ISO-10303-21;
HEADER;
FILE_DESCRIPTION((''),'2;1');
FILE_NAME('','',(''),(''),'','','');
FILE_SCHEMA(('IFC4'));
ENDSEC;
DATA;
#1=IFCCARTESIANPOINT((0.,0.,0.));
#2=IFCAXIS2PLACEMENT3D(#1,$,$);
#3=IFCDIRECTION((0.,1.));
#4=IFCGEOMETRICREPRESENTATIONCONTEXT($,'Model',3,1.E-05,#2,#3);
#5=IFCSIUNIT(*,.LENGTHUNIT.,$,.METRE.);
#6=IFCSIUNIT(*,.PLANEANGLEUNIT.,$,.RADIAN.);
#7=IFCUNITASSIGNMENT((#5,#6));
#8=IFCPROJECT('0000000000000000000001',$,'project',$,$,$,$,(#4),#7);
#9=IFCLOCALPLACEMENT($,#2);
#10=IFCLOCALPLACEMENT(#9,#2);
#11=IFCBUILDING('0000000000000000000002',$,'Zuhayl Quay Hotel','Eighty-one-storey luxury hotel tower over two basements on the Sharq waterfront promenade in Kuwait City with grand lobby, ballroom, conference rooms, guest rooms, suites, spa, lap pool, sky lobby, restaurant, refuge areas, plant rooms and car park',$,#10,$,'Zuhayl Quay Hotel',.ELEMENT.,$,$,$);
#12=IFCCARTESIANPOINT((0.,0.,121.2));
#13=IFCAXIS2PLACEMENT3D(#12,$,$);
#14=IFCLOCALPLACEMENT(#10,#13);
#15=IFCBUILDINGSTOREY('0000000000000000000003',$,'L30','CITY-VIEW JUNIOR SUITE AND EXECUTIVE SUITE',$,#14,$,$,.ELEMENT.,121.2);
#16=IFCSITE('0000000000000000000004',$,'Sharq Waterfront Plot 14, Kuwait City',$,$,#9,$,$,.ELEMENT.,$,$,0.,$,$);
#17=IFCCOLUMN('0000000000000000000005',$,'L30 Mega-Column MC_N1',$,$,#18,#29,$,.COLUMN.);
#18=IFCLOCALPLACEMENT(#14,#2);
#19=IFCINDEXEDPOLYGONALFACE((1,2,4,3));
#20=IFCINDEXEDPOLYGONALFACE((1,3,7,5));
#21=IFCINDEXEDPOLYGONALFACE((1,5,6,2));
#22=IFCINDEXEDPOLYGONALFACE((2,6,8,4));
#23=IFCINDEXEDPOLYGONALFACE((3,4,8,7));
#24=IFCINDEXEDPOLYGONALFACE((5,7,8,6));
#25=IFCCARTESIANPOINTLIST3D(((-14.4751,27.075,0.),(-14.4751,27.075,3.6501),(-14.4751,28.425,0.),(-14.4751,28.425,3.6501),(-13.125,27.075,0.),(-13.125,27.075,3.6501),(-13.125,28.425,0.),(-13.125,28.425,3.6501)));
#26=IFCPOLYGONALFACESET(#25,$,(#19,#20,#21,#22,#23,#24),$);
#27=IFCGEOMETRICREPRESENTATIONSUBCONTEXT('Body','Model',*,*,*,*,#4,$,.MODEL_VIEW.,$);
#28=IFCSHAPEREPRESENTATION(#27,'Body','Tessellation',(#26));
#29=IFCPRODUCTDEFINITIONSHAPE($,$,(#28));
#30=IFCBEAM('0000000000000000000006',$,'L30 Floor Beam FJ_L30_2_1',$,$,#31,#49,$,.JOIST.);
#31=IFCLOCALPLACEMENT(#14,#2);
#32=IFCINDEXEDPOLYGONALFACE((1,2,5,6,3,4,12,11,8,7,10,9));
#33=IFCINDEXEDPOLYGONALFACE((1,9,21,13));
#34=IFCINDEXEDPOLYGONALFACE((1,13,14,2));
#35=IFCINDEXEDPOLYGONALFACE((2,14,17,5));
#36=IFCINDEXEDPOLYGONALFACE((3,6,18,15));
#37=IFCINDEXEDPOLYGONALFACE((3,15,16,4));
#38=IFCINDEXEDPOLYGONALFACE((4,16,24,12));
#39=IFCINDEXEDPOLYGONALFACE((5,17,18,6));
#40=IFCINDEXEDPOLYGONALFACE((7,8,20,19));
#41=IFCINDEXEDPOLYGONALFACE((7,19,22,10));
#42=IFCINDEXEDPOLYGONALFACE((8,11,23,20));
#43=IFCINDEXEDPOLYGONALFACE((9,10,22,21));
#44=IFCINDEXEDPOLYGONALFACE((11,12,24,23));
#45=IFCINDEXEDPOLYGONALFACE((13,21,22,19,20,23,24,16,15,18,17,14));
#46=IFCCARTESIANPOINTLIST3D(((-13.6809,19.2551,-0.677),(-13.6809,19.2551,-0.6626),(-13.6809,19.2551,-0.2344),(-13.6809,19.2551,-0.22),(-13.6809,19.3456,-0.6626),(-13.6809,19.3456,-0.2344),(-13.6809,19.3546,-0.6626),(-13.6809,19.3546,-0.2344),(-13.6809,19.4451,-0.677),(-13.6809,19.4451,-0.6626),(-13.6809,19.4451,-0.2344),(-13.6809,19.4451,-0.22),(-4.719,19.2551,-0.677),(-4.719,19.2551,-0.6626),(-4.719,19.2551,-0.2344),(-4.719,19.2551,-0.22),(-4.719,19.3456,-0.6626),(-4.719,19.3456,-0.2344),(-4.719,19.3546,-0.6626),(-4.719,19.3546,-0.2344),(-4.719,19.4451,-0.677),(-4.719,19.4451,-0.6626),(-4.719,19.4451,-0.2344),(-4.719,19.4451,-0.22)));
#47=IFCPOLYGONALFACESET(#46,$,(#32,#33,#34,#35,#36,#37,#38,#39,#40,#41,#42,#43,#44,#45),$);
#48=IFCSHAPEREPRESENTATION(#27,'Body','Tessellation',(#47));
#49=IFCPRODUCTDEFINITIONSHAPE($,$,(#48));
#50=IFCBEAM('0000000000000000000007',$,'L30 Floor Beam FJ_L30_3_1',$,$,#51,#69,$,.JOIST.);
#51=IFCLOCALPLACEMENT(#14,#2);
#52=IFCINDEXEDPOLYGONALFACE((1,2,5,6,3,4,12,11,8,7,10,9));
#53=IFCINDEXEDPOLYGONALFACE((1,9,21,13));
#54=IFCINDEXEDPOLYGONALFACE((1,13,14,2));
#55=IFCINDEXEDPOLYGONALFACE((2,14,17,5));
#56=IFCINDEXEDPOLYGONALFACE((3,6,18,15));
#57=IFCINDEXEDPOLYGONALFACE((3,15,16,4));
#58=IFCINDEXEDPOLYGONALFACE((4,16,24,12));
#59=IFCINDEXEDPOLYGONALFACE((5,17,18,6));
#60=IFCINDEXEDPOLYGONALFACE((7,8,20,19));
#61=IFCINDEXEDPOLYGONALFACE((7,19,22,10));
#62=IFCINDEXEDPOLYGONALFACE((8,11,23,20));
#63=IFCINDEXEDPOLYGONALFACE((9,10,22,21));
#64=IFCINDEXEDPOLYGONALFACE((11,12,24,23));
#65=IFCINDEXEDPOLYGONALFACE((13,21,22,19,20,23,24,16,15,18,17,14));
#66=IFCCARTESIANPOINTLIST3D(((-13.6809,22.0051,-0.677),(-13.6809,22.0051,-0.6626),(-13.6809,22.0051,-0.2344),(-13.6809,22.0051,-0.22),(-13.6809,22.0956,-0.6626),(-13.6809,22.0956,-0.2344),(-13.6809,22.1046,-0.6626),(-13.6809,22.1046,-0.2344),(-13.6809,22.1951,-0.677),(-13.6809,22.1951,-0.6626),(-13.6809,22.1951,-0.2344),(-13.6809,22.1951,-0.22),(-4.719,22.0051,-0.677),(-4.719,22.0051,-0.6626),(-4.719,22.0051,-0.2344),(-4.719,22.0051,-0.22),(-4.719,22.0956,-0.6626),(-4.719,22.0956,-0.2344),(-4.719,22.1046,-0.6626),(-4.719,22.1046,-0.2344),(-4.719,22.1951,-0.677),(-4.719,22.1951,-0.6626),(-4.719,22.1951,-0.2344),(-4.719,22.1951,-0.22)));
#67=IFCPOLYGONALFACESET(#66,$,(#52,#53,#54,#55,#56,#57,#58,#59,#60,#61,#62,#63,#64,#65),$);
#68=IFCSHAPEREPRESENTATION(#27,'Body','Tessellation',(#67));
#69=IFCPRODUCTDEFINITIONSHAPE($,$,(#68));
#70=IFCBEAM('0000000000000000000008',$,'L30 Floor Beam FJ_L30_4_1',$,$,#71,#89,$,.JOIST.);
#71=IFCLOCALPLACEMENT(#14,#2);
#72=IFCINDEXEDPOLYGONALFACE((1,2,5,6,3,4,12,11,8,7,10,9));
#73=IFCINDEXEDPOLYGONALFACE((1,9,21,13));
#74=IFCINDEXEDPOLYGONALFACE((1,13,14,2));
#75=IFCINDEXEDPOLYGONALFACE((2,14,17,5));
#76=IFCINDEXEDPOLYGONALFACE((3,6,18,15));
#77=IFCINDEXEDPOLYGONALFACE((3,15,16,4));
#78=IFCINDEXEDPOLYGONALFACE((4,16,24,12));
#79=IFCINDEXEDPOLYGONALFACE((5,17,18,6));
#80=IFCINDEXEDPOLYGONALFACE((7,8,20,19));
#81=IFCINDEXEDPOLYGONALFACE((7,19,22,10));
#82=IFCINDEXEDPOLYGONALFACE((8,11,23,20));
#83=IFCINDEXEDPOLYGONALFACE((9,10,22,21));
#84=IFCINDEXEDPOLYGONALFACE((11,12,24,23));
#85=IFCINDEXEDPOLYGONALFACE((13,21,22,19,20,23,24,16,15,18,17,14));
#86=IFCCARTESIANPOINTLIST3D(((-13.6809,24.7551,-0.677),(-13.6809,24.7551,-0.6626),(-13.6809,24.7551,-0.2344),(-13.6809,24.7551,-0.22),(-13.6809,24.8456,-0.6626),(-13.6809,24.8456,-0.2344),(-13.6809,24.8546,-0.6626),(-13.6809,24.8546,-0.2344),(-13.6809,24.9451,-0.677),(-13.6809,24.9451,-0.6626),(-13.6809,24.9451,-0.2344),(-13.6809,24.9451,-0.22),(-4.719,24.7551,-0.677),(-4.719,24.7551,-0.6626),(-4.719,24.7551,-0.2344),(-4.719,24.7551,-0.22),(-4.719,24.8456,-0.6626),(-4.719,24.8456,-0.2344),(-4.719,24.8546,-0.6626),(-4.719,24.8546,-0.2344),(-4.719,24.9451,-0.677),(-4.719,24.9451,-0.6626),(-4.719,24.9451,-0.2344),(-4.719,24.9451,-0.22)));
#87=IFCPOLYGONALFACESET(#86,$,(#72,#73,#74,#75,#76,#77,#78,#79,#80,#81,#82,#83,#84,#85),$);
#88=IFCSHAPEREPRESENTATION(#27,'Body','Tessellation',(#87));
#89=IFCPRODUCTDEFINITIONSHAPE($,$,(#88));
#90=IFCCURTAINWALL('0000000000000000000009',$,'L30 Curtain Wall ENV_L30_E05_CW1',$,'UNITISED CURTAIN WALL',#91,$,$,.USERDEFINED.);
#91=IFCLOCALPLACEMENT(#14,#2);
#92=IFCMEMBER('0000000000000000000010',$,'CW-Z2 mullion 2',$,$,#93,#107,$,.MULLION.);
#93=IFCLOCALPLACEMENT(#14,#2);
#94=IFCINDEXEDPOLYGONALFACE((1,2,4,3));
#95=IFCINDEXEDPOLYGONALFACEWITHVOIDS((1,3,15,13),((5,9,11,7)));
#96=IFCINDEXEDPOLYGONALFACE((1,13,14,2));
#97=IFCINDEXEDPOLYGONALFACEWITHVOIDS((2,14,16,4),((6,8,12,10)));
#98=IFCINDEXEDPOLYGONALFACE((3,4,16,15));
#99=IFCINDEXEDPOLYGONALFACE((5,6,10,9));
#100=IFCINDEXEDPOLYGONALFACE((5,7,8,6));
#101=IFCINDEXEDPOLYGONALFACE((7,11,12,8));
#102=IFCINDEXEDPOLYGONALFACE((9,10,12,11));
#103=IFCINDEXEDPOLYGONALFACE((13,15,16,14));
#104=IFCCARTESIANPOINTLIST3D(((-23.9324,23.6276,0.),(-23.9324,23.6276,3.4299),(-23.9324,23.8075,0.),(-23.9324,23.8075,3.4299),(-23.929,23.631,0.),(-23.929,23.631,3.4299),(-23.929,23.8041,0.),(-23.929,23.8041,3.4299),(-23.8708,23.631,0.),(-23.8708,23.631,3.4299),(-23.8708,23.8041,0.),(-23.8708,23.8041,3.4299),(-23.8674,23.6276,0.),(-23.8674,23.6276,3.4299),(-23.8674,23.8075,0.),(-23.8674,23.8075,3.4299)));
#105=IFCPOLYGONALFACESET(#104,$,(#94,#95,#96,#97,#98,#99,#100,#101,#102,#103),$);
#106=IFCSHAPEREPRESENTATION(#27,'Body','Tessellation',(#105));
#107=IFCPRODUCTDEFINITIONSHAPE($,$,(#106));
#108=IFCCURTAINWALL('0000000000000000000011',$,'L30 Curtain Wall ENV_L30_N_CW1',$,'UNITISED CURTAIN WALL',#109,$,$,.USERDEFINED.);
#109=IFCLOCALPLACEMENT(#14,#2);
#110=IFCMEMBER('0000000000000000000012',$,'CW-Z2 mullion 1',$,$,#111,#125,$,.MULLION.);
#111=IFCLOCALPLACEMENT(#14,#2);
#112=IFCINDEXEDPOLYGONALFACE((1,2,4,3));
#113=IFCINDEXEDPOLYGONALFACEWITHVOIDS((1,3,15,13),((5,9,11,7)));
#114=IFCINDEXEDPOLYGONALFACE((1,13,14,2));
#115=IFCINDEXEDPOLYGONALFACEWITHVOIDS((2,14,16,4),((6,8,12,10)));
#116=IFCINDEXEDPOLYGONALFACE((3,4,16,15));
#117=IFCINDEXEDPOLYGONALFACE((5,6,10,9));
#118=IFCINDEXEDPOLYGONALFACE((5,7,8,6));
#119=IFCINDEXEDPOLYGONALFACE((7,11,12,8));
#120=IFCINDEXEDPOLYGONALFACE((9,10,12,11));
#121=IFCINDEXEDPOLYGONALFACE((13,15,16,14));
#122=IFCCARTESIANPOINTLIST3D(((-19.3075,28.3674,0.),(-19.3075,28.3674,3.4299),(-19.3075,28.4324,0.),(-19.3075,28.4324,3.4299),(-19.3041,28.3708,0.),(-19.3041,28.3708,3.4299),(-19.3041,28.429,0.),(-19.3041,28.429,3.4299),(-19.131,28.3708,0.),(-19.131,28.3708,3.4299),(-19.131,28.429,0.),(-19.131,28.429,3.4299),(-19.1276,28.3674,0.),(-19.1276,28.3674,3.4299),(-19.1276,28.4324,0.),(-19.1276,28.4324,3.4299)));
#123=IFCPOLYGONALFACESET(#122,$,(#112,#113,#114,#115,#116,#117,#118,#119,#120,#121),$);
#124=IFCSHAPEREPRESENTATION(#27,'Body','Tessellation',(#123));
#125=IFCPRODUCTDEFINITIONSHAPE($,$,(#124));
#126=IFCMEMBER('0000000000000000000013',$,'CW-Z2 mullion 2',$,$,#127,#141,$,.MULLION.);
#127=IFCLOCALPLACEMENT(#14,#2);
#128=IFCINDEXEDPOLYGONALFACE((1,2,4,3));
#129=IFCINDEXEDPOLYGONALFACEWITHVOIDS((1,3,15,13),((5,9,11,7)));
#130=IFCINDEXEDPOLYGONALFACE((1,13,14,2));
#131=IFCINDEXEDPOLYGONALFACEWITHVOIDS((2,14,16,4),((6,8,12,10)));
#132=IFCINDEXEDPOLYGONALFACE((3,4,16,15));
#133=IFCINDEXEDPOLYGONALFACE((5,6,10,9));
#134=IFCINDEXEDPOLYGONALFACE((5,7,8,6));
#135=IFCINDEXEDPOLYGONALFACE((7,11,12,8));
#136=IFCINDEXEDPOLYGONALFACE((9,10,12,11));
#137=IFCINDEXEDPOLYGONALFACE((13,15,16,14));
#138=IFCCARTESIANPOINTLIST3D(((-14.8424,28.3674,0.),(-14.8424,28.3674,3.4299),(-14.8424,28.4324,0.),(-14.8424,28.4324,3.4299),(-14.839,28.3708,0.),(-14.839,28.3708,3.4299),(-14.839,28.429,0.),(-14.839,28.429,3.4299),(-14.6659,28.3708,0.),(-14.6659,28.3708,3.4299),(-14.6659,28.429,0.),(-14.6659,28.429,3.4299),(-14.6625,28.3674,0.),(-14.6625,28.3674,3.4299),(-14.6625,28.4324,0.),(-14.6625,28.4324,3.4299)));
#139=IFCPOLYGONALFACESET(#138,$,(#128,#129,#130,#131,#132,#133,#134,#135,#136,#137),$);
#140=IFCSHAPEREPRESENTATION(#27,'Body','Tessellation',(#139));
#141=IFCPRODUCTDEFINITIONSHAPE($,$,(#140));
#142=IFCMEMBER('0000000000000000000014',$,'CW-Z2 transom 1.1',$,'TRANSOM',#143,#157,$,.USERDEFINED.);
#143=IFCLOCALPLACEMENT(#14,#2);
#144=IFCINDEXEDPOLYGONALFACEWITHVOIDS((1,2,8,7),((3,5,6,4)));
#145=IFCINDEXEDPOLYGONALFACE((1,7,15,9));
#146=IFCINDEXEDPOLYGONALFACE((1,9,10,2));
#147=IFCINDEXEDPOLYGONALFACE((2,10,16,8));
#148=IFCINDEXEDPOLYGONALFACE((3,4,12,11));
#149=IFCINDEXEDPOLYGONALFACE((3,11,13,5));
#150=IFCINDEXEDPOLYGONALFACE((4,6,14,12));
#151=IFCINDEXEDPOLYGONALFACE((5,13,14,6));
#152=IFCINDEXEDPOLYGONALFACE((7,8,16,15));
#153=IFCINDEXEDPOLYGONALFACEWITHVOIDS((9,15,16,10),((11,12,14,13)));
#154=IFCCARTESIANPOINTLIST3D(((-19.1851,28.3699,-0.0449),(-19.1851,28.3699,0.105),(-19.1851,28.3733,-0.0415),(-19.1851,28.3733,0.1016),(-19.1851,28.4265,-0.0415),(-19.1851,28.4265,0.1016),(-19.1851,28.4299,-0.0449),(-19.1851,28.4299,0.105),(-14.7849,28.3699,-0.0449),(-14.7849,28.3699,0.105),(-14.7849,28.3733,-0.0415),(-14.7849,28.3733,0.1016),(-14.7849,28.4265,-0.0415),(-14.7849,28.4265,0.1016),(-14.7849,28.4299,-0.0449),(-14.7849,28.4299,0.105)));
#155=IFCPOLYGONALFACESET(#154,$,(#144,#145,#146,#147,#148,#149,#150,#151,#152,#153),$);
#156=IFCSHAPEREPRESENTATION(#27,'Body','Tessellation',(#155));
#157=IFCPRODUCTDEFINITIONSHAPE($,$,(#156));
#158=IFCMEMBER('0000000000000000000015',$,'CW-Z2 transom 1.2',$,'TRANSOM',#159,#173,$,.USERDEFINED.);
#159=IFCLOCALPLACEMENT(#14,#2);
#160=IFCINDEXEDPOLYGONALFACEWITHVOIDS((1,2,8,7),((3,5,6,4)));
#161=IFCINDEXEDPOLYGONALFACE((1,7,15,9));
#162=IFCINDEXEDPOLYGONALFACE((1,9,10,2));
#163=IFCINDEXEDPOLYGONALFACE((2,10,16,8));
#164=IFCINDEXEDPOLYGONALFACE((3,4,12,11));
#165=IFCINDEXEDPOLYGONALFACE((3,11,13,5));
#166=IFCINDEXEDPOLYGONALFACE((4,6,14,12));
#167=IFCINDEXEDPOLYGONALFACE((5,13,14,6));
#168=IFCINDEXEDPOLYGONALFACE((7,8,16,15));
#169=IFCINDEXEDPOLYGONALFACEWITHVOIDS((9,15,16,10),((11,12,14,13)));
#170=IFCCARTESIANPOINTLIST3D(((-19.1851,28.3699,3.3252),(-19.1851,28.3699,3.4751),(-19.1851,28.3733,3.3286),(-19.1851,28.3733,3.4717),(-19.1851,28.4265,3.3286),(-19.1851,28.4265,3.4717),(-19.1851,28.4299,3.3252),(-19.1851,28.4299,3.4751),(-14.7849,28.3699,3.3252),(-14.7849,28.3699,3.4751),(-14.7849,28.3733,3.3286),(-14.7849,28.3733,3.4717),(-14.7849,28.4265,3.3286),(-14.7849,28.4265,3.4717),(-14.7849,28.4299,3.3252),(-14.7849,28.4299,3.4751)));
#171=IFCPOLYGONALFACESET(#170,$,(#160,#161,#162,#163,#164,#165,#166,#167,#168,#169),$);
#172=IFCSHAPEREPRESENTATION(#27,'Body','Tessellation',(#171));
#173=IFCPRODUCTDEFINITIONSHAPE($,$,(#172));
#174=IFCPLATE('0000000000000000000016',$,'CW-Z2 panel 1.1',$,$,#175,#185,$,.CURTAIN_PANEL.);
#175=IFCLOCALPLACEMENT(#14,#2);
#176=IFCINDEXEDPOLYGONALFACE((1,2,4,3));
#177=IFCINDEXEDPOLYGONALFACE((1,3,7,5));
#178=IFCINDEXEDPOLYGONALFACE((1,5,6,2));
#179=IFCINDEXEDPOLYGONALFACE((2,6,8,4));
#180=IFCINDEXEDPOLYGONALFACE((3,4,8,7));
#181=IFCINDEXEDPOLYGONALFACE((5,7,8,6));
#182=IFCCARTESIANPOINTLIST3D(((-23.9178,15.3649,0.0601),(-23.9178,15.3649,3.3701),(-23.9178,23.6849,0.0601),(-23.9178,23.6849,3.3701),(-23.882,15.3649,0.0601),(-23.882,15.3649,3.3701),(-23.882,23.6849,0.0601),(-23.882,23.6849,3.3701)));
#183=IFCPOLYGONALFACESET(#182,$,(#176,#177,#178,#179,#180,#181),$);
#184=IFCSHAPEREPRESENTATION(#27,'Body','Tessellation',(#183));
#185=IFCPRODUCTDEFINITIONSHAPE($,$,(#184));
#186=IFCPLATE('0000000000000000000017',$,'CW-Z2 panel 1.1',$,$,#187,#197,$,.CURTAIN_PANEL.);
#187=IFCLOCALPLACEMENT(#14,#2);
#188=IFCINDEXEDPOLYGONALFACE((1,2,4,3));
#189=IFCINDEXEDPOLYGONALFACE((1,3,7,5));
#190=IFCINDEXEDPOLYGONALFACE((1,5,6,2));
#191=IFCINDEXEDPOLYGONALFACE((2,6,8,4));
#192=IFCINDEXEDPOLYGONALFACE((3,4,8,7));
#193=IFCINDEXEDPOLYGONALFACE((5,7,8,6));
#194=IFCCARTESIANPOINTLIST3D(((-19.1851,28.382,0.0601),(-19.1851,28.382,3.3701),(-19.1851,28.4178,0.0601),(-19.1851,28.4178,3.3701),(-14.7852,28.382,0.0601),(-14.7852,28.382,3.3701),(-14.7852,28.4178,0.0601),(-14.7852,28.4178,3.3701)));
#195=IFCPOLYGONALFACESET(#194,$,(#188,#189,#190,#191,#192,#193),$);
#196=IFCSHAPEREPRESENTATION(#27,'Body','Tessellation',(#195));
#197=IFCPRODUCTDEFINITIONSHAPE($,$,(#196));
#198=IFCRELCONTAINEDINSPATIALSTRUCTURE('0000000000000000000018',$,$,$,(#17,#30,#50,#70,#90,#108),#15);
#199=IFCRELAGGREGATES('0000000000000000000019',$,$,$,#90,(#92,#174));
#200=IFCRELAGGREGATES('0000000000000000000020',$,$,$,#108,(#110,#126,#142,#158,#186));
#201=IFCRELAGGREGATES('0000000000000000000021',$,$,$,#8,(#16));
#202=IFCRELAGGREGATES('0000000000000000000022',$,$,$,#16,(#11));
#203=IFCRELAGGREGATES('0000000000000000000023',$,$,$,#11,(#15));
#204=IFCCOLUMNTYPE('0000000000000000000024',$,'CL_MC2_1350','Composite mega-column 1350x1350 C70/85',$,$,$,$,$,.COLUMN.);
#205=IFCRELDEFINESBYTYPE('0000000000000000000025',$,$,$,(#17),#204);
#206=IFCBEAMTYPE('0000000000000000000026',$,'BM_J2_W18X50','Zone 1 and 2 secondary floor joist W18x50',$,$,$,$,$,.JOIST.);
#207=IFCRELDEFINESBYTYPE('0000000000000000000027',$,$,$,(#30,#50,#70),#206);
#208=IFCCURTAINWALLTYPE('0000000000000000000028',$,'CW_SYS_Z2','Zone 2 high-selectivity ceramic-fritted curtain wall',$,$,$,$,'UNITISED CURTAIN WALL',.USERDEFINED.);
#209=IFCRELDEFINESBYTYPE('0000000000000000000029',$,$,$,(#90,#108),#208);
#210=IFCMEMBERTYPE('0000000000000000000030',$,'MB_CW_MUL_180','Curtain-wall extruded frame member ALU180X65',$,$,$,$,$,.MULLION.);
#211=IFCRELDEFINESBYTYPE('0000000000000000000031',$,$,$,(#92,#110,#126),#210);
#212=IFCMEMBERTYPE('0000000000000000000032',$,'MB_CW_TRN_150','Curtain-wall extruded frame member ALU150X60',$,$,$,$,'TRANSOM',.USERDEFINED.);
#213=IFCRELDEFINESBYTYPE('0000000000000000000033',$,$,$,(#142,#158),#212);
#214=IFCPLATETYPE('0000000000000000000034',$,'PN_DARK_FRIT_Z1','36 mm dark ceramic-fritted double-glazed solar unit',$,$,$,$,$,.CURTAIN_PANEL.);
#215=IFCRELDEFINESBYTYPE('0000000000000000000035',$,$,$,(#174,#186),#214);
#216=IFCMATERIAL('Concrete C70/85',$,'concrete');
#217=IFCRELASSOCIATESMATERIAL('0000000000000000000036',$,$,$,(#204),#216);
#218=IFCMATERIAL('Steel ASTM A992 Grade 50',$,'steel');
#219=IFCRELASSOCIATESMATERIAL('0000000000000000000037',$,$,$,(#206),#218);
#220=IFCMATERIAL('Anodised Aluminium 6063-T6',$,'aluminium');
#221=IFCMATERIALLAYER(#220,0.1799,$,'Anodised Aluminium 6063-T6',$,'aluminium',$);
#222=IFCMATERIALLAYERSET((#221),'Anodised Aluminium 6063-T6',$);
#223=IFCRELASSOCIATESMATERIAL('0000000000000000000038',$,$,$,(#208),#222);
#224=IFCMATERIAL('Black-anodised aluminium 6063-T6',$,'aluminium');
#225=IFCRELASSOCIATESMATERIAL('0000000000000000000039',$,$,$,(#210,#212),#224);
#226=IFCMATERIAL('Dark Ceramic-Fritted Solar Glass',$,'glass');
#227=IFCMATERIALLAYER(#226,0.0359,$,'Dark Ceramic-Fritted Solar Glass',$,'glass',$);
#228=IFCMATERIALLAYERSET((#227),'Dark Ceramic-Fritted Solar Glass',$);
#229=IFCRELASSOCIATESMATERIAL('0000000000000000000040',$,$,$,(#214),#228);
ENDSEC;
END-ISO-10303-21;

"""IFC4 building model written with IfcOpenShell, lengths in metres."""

from ifc_helpers import new_model, si_unit, direction, frame, origin, origin_2d, place, context, subcontext, project, spatial, rectangle, hollow_rectangle, i_section, extrude, material, layer, layer_set, material_profile, profile_set, type_object, element, aggregate, save


model = new_model("IFC4")

# Units and contexts
model_context = context("Model", 3, precision=1e-05, world=origin(), true_north=direction((0.0, 1.0)))
body_context = subcontext(model_context, "Body", "Model", "MODEL_VIEW")
ifc_project = project(units=[si_unit("LENGTHUNIT", "METRE"), si_unit("PLANEANGLEUNIT", "RADIAN")], contexts=[model_context])

# Site, building, storey
site_placement = place(None, origin())
site = spatial("IfcSite", under=ifc_project, at=site_placement, Name="Sharq Waterfront Plot 14, Kuwait City", CompositionType="ELEMENT", RefElevation=0.0)
building_placement = place(site_placement, origin())
building = spatial("IfcBuilding", under=site, at=building_placement, Name="Zuhayl Quay Hotel", Description="Eighty-one-storey luxury hotel tower over two basements on the Sharq waterfront promenade in Kuwait City with grand lobby, ballroom, conference rooms, guest rooms, suites, spa, lap pool, sky lobby, restaurant, refuge areas, plant rooms and car park", LongName="Zuhayl Quay Hotel", CompositionType="ELEMENT")
storey_placement = place(building_placement, frame((0.0, 0.0, 121.2)))
storey = spatial("IfcBuildingStorey", under=building, at=storey_placement, Name="L30", Description="CITY-VIEW JUNIOR SUITE AND EXECUTIVE SUITE", CompositionType="ELEMENT", Elevation=121.2)

# Column
ifc_material_1 = material(Name="Concrete C70/85", Category="concrete")
ifc_material_profile_1 = material_profile(ifc_material_1, rectangle(XDim=1.3501, YDim=1.3501, at=origin_2d()), Name="RC1350X1350")
ifc_profile_set_1 = profile_set([ifc_material_profile_1], Name="Concrete C70/85")
column_type = type_object("IfcColumnType", Name="CL_MC2_1350", Description="Composite mega-column 1350x1350 C70/85", PredefinedType="COLUMN", material=ifc_profile_set_1)
column_placement = place(storey_placement, frame((-13.8, 27.75, 0.0), z_axis=(0.0, 0.0, 1.0), x_axis=(1.0, 0.0, 0.0)))
element("IfcColumn", 1, at=column_placement, inside=storey, type_object=column_type, Name="L30 Mega-Column MC_N1", PredefinedType="COLUMN", context=body_context, shape_type="SweptSolid", body=[
    extrude(rectangle(XDim=1.3501, YDim=1.3501, at=origin_2d()), origin(), (0.0, 0.0, 1.0), 3.6501),
])

# Beams
ifc_material_2 = material(Name="Steel ASTM A992 Grade 50", Category="steel")
ifc_material_profile_2 = material_profile(ifc_material_2, i_section(OverallWidth=0.1899, OverallDepth=0.457, WebThickness=0.009, FlangeThickness=0.0144, at=origin_2d()), Name="W18X50")
ifc_profile_set_2 = profile_set([ifc_material_profile_2], Name="Steel ASTM A992 Grade 50")
beam_type = type_object("IfcBeamType", Name="BM_J2_W18X50", Description="Zone 1 and 2 secondary floor joist W18x50", PredefinedType="JOIST", material=ifc_profile_set_2)
for number, where, z_axis, x_axis, name in (
    (2, (-13.6809, 19.3501, -0.4485), (1.0, 0.0, 0.0), (0.0, 1.0, 0.0), "L30 Floor Beam FJ_L30_2_1"),
    (3, (-13.6809, 22.1001, -0.4485), (1.0, 0.0, 0.0), (0.0, 1.0, 0.0), "L30 Floor Beam FJ_L30_3_1"),
    (4, (-13.6809, 24.8501, -0.4485), (1.0, 0.0, 0.0), (0.0, 1.0, 0.0), "L30 Floor Beam FJ_L30_4_1"),
):
    element("IfcBeam", number, at=place(storey_placement, frame(where, z_axis=z_axis, x_axis=x_axis)), inside=storey, type_object=beam_type, Name=name, PredefinedType="JOIST", context=body_context, shape_type="SweptSolid", body=[
        extrude(i_section(OverallWidth=0.1899, OverallDepth=0.457, WebThickness=0.009, FlangeThickness=0.0144, at=origin_2d()), origin(), (0.0, 0.0, 1.0), 8.9619),
    ])

# Curtain wall, member
ifc_material_3 = material(Name="Anodised Aluminium 6063-T6", Category="aluminium")
ifc_layer_1 = layer(ifc_material_3, 0.1799, Name="Anodised Aluminium 6063-T6", Category="aluminium")
ifc_layer_set_1 = layer_set([ifc_layer_1], Name="Anodised Aluminium 6063-T6")
curtain_wall_type = type_object("IfcCurtainWallType", Name="CW_SYS_Z2", Description="Zone 2 high-selectivity ceramic-fritted curtain wall", ElementType="UNITISED CURTAIN WALL", PredefinedType="USERDEFINED", material=ifc_layer_set_1)
curtain_wall_1_placement = place(storey_placement, origin())
curtain_wall_1 = element("IfcCurtainWall", 5, at=curtain_wall_1_placement, inside=storey, type_object=curtain_wall_type, Name="L30 Curtain Wall ENV_L30_E05_CW1", ObjectType="UNITISED CURTAIN WALL", PredefinedType="USERDEFINED")
ifc_material_4 = material(Name="Black-anodised aluminium 6063-T6", Category="aluminium")
ifc_material_profile_3 = material_profile(ifc_material_4, hollow_rectangle(XDim=0.0649, YDim=0.1799, WallThickness=0.0034, at=origin_2d()), Name="ALU180X65")
ifc_profile_set_3 = profile_set([ifc_material_profile_3], Name="Black-anodised aluminium 6063-T6")
member_type_1 = type_object("IfcMemberType", Name="MB_CW_MUL_180", Description="Curtain-wall extruded frame member ALU180X65", PredefinedType="MULLION", material=ifc_profile_set_3)
member_1_placement = place(storey_placement, frame((-23.8999, 23.7175, 0.0), z_axis=(0.0, 0.0, 1.0), x_axis=(-1.0, 0.0, 0.0)))
member_1 = element("IfcMember", 6, at=member_1_placement, type_object=member_type_1, Name="CW-Z2 mullion 2", PredefinedType="MULLION", context=body_context, shape_type="SweptSolid", body=[
    extrude(hollow_rectangle(XDim=0.0649, YDim=0.1799, WallThickness=0.0034, at=origin_2d()), origin(), (0.0, 0.0, 1.0), 3.4299),
])

# Curtain wall, members
curtain_wall_2_placement = place(storey_placement, origin())
curtain_wall_2 = element("IfcCurtainWall", 7, at=curtain_wall_2_placement, inside=storey, type_object=curtain_wall_type, Name="L30 Curtain Wall ENV_L30_N_CW1", ObjectType="UNITISED CURTAIN WALL", PredefinedType="USERDEFINED")
member_2_placement = place(storey_placement, frame((-19.2175, 28.3999, 0.0), z_axis=(0.0, 0.0, 1.0), x_axis=(0.0, 1.0, 0.0)))
member_2 = element("IfcMember", 8, at=member_2_placement, type_object=member_type_1, Name="CW-Z2 mullion 1", PredefinedType="MULLION", context=body_context, shape_type="SweptSolid", body=[
    extrude(hollow_rectangle(XDim=0.0649, YDim=0.1799, WallThickness=0.0034, at=origin_2d()), origin(), (0.0, 0.0, 1.0), 3.4299),
])
member_3_placement = place(storey_placement, frame((-14.7524, 28.3999, 0.0), z_axis=(0.0, 0.0, 1.0), x_axis=(0.0, 1.0, 0.0)))
member_3 = element("IfcMember", 9, at=member_3_placement, type_object=member_type_1, Name="CW-Z2 mullion 2", PredefinedType="MULLION", context=body_context, shape_type="SweptSolid", body=[
    extrude(hollow_rectangle(XDim=0.0649, YDim=0.1799, WallThickness=0.0034, at=origin_2d()), origin(), (0.0, 0.0, 1.0), 3.4299),
])
ifc_material_profile_4 = material_profile(ifc_material_4, hollow_rectangle(XDim=0.0601, YDim=0.1499, WallThickness=0.0034, at=origin_2d()), Name="ALU150X60")
ifc_profile_set_4 = profile_set([ifc_material_profile_4], Name="Black-anodised aluminium 6063-T6")
member_type_2 = type_object("IfcMemberType", Name="MB_CW_TRN_150", Description="Curtain-wall extruded frame member ALU150X60", ElementType="TRANSOM", PredefinedType="USERDEFINED", material=ifc_profile_set_4)
member_4_placement = place(storey_placement, frame((-19.1851, 28.3999, 0.03), z_axis=(1.0, 0.0, 0.0), x_axis=(0.0, 1.0, 0.0)))
member_4 = element("IfcMember", 10, at=member_4_placement, type_object=member_type_2, Name="CW-Z2 transom 1.1", ObjectType="TRANSOM", PredefinedType="USERDEFINED", context=body_context, shape_type="SweptSolid", body=[
    extrude(hollow_rectangle(XDim=0.0601, YDim=0.1499, WallThickness=0.0034, at=origin_2d()), origin(), (0.0, 0.0, 1.0), 4.4001),
])
member_5_placement = place(storey_placement, frame((-19.1851, 28.3999, 3.4001), z_axis=(1.0, 0.0, 0.0), x_axis=(0.0, 1.0, 0.0)))
member_5 = element("IfcMember", 11, at=member_5_placement, type_object=member_type_2, Name="CW-Z2 transom 1.2", ObjectType="TRANSOM", PredefinedType="USERDEFINED", context=body_context, shape_type="SweptSolid", body=[
    extrude(hollow_rectangle(XDim=0.0601, YDim=0.1499, WallThickness=0.0034, at=origin_2d()), origin(), (0.0, 0.0, 1.0), 4.4001),
])

# Plates
ifc_material_5 = material(Name="Dark Ceramic-Fritted Solar Glass", Category="glass")
ifc_layer_2 = layer(ifc_material_5, 0.0359, Name="Dark Ceramic-Fritted Solar Glass", Category="glass")
ifc_layer_set_2 = layer_set([ifc_layer_2], Name="Dark Ceramic-Fritted Solar Glass")
plate_type = type_object("IfcPlateType", Name="PN_DARK_FRIT_Z1", Description="36 mm dark ceramic-fritted double-glazed solar unit", PredefinedType="CURTAIN_PANEL", material=ifc_layer_set_2)
plate_1_placement = place(storey_placement, frame((-23.8999, 19.5249, 0.0601), z_axis=(0.0, 0.0, 1.0), x_axis=(0.0, 1.0, 0.0)))
plate_1 = element("IfcPlate", 12, at=plate_1_placement, type_object=plate_type, Name="CW-Z2 panel 1.1", PredefinedType="CURTAIN_PANEL", context=body_context, shape_type="SweptSolid", body=[
    extrude(rectangle(XDim=8.3201, YDim=0.0359, at=origin_2d()), origin(), (0.0, 0.0, 1.0), 3.3101),
])
aggregate(curtain_wall_1, [member_1, plate_1])
plate_2_placement = place(storey_placement, frame((-16.9851, 28.3999, 0.0601), z_axis=(0.0, 0.0, 1.0), x_axis=(1.0, 0.0, 0.0)))
plate_2 = element("IfcPlate", 13, at=plate_2_placement, type_object=plate_type, Name="CW-Z2 panel 1.1", PredefinedType="CURTAIN_PANEL", context=body_context, shape_type="SweptSolid", body=[
    extrude(rectangle(XDim=4.3999, YDim=0.0359, at=origin_2d()), origin(), (0.0, 0.0, 1.0), 3.3101),
])
aggregate(curtain_wall_2, [member_2, member_3, member_4, member_5, plate_2])

save(model, "model.ifc")
